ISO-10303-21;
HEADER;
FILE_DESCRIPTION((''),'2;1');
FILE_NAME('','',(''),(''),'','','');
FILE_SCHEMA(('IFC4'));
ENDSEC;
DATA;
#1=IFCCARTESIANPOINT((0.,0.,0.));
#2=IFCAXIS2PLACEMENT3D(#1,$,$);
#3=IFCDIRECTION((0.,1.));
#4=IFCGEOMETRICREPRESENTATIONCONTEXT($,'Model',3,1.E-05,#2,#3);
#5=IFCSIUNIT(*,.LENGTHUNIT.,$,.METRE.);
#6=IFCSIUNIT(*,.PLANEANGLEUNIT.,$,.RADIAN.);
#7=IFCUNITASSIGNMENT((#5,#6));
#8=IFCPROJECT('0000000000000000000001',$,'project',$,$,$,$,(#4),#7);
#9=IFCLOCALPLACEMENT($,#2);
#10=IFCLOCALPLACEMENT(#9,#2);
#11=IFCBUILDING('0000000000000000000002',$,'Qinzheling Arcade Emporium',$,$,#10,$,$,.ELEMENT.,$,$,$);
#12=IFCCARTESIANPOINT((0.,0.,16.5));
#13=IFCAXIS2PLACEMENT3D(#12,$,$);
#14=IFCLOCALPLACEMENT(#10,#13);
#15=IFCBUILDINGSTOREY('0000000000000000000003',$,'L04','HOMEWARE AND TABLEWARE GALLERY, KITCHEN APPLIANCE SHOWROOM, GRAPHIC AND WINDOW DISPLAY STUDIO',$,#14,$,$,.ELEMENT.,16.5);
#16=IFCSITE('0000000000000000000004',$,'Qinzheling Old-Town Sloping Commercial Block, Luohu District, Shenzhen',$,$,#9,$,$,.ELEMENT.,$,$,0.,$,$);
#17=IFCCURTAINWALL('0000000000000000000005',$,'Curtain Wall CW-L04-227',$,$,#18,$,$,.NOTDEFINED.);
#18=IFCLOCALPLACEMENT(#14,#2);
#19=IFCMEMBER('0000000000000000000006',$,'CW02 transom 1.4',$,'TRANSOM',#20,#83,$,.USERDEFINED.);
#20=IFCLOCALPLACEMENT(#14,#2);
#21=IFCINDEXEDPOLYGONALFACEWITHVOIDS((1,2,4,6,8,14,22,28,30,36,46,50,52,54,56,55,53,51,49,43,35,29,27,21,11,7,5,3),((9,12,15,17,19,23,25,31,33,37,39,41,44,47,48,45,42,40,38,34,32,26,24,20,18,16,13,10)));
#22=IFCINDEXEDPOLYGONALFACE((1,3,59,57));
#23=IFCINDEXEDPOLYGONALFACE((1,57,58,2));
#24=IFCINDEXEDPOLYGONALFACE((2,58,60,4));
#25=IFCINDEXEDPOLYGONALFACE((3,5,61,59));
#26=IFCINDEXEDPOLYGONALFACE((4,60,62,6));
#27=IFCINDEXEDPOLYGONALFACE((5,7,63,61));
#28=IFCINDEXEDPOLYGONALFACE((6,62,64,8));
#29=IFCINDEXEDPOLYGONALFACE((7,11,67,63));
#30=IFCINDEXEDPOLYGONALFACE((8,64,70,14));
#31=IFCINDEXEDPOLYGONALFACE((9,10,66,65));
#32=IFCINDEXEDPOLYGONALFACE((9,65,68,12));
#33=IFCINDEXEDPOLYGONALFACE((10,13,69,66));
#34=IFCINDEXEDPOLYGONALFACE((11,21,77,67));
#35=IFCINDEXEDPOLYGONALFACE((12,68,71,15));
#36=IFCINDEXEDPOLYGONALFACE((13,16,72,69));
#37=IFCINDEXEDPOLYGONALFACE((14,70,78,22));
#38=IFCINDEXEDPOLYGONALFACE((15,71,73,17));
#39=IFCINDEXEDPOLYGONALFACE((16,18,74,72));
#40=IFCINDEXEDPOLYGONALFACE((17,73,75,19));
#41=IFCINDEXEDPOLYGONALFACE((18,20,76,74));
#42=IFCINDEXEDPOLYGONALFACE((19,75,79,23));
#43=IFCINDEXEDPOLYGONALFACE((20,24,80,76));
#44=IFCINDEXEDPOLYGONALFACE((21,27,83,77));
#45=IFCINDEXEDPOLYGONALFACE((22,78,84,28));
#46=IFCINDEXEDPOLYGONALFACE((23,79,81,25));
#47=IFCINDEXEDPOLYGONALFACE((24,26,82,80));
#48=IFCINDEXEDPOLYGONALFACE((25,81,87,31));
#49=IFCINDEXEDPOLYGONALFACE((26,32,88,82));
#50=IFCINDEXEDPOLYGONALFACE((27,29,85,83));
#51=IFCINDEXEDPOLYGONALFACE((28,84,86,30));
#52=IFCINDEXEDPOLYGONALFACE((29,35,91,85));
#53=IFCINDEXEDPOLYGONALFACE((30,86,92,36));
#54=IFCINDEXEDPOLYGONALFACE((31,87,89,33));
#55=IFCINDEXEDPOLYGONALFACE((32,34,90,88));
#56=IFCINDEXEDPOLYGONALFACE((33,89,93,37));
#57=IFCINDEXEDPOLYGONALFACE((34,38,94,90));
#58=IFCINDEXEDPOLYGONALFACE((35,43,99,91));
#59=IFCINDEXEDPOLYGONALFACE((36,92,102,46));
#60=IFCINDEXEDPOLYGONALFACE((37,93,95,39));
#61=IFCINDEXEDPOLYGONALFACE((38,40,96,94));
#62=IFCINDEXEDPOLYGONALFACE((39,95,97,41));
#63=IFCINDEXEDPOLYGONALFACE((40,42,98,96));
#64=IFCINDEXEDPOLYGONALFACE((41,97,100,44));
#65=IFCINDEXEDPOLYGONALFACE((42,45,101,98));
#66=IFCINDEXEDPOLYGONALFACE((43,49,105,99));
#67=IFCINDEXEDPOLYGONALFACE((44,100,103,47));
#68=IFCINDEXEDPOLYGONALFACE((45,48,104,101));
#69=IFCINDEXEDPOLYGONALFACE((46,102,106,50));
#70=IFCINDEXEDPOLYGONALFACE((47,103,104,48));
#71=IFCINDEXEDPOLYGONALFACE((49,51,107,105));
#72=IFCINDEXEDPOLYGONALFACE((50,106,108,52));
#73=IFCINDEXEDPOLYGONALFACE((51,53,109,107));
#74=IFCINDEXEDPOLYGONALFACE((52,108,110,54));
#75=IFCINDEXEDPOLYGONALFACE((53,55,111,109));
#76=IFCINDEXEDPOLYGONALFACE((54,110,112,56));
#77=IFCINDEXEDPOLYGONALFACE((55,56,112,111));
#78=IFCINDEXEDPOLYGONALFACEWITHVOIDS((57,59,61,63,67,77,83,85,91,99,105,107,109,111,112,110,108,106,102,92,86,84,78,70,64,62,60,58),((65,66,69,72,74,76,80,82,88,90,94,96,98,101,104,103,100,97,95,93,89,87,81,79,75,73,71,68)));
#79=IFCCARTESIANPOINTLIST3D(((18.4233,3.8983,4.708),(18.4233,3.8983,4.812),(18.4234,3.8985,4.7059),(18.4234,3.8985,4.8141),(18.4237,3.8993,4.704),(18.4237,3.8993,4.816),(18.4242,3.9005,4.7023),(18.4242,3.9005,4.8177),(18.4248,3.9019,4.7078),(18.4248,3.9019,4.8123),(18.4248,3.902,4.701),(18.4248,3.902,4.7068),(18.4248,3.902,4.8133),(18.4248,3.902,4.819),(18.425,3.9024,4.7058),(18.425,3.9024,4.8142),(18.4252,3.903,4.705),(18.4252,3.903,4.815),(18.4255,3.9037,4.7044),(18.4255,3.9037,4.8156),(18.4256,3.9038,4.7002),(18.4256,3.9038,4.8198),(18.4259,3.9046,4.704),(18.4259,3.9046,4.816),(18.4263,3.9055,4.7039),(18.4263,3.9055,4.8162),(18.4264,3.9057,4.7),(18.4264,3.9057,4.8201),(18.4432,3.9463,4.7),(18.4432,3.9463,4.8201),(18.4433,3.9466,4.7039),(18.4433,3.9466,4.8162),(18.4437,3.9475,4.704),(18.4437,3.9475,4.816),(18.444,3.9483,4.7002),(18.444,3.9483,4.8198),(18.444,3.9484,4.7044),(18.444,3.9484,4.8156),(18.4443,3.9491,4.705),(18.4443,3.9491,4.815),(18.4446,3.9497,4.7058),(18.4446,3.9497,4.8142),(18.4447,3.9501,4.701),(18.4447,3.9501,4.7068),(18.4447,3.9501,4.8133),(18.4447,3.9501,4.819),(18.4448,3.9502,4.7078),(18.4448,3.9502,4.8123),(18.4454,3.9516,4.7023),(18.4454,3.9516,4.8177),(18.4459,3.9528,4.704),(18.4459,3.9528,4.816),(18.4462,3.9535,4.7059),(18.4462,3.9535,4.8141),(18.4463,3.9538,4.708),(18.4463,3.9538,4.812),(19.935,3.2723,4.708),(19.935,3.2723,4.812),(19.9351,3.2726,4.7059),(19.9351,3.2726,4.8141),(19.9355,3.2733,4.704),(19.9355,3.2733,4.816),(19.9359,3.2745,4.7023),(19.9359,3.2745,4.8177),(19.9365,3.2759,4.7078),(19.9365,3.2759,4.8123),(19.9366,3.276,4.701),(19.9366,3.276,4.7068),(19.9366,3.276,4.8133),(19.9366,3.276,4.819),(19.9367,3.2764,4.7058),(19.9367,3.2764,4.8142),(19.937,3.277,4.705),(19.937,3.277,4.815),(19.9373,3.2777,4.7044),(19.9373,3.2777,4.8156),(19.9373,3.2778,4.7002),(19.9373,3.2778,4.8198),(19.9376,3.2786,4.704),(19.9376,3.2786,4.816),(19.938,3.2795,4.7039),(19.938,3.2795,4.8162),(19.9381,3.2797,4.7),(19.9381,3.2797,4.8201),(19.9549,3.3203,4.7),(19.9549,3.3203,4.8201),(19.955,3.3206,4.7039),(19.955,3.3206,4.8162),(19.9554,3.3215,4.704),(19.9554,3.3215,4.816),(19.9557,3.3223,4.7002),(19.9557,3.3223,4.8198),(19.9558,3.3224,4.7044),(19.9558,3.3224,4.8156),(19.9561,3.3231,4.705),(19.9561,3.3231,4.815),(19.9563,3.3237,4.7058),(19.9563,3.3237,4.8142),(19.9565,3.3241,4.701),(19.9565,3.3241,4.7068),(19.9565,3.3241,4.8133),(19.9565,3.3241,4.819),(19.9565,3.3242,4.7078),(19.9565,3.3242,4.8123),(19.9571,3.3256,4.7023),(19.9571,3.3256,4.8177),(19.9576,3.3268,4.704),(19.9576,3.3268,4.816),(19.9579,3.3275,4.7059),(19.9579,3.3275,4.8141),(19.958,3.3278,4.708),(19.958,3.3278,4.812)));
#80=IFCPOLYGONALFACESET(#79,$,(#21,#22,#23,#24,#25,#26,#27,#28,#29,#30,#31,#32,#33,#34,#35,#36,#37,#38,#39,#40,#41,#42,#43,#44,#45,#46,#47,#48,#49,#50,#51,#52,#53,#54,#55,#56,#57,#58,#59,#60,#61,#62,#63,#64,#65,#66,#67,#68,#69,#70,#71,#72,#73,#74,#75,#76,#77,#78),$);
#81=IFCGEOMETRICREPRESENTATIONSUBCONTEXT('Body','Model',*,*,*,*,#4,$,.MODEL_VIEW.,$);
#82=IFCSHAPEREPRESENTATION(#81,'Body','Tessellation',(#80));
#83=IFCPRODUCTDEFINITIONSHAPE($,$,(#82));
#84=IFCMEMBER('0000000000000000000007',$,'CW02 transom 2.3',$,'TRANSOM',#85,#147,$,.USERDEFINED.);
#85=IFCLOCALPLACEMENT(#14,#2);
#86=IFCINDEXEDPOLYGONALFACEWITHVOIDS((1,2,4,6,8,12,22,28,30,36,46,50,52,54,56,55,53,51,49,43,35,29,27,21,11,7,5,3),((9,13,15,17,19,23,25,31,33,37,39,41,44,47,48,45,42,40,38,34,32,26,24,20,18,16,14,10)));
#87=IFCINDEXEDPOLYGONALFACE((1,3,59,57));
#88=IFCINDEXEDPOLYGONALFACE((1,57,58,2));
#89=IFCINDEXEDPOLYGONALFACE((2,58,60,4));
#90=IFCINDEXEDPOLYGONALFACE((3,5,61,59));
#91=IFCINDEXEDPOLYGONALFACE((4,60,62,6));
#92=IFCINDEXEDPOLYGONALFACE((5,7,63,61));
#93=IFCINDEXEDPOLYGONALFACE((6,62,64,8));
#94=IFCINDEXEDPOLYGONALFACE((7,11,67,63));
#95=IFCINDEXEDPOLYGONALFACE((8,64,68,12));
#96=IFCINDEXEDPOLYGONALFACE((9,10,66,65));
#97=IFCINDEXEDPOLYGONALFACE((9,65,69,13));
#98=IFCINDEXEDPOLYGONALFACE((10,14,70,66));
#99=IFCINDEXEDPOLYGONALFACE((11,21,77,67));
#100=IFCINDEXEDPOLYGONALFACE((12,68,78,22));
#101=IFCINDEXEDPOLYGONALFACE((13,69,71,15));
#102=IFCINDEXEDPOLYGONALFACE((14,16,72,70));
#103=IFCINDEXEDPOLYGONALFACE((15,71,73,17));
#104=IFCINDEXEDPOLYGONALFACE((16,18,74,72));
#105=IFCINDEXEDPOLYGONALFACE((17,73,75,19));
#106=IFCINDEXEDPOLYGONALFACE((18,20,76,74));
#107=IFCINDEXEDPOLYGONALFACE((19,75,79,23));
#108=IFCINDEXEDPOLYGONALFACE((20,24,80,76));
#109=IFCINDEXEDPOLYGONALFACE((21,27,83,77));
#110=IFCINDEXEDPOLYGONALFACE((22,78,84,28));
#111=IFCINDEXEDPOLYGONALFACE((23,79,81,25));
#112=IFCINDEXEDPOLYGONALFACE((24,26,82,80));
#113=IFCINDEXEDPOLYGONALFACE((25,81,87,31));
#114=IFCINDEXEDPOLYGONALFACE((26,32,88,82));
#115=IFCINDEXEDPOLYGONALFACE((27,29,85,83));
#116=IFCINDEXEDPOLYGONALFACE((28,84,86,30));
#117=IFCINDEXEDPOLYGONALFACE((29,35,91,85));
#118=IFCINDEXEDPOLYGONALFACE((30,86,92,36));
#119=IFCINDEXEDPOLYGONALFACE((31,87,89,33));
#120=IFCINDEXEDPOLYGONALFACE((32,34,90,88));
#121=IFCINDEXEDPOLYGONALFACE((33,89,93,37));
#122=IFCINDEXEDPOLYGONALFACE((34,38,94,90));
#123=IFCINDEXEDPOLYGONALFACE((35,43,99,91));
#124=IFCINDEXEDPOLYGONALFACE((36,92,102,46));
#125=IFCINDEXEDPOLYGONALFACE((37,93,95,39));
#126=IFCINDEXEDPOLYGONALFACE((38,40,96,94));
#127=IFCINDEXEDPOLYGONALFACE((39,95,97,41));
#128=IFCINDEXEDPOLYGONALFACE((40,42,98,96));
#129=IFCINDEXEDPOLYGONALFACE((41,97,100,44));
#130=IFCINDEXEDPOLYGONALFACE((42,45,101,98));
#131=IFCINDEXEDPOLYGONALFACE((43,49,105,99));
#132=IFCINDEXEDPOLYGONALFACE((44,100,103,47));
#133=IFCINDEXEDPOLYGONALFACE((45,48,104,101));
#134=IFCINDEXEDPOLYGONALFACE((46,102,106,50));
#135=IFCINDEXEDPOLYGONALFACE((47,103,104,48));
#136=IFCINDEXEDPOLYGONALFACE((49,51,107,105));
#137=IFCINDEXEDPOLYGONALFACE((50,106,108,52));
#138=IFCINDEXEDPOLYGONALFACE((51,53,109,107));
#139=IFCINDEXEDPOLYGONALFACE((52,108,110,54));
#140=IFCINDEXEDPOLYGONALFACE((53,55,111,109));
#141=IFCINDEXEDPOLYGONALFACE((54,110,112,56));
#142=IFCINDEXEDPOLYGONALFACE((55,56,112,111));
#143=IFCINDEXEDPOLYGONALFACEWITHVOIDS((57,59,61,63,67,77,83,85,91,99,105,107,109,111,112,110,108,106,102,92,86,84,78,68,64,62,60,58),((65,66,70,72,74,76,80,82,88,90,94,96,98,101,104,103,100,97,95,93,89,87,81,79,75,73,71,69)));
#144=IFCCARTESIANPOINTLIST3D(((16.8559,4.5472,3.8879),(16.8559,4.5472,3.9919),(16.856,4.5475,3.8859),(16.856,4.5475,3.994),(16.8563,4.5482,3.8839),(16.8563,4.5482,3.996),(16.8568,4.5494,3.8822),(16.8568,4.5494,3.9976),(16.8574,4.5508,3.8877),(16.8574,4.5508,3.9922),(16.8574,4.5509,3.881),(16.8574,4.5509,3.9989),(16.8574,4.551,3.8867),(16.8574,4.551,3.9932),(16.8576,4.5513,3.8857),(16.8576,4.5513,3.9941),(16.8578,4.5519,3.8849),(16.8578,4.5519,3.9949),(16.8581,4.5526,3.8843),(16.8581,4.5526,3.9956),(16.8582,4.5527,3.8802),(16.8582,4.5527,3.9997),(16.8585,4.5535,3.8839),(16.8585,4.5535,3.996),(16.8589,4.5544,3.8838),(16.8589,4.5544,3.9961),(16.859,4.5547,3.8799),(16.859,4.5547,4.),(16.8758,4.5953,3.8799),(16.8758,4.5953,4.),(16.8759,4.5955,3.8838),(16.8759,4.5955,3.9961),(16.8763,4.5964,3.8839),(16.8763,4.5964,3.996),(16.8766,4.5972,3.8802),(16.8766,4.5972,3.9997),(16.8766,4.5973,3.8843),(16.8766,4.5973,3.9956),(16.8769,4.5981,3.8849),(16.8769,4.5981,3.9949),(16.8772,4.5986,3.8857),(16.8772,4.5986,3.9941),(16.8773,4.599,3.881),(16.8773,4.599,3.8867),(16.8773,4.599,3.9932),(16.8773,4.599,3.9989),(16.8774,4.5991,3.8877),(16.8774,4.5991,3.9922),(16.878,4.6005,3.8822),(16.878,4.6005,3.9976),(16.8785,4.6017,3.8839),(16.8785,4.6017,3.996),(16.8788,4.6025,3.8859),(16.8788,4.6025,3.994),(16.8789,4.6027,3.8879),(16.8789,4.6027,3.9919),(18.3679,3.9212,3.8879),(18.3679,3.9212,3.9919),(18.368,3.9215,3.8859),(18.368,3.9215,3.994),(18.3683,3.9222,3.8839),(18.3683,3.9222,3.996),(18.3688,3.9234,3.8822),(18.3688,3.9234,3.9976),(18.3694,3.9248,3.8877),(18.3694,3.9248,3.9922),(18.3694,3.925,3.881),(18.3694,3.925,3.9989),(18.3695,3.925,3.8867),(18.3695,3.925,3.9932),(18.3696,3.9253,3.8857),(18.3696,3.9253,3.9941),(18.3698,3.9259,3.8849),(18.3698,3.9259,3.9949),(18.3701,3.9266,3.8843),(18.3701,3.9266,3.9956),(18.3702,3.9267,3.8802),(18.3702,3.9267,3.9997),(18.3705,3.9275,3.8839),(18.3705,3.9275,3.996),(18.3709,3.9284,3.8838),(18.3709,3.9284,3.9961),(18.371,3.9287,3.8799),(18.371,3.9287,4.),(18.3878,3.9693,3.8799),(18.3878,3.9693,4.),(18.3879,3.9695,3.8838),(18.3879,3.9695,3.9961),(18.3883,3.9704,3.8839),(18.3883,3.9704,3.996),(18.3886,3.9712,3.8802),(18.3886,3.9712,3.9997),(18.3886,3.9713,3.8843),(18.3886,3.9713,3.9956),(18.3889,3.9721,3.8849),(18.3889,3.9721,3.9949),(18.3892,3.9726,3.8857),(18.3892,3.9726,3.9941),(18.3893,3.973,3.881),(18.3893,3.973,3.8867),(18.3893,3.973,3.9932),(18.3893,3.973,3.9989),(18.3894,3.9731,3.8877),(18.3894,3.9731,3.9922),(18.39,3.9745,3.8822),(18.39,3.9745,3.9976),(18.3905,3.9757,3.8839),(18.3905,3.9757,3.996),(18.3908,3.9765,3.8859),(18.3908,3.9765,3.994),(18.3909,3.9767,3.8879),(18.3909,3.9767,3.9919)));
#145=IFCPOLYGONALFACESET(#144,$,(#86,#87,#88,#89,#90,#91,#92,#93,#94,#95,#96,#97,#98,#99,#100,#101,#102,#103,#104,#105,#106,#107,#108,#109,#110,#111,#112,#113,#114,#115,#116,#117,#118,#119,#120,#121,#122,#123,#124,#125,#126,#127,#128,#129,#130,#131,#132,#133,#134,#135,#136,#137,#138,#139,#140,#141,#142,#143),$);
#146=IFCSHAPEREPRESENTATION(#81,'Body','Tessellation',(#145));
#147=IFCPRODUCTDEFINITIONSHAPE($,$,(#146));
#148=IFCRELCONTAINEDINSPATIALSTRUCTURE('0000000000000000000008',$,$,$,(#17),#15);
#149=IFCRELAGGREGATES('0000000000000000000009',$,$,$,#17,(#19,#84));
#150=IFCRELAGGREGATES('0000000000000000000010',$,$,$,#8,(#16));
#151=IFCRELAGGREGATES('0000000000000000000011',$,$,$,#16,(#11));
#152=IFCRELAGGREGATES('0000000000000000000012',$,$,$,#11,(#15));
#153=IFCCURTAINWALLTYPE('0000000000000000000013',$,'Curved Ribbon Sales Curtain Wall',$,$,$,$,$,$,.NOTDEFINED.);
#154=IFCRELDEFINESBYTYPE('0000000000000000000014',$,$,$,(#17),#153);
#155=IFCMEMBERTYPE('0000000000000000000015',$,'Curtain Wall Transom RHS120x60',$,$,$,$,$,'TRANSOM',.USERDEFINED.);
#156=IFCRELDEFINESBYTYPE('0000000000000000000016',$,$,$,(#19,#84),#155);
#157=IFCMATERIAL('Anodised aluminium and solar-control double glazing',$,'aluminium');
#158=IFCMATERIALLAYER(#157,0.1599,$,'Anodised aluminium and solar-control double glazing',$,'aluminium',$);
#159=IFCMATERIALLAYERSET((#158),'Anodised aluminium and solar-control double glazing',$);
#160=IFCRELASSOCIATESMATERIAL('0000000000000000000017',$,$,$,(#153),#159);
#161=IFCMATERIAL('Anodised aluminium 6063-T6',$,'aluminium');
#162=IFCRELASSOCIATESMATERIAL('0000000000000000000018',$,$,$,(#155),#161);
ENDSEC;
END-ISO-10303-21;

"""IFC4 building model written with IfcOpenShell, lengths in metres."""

from ifc_helpers import new_model, si_unit, direction, frame, origin, origin_2d, place, context, subcontext, project, spatial, hollow_rectangle, extrude, material, layer, layer_set, material_profile, profile_set, type_object, element, aggregate, save


model = new_model("IFC4")

# Units and contexts
model_context = context("Model", 3, precision=1e-05, world=origin(), true_north=direction((0.0, 1.0)))
body_context = subcontext(model_context, "Body", "Model", "MODEL_VIEW")
ifc_project = project(units=[si_unit("LENGTHUNIT", "METRE"), si_unit("PLANEANGLEUNIT", "RADIAN")], contexts=[model_context])

# Site, building, storey
site_placement = place(None, origin())
site = spatial("IfcSite", under=ifc_project, at=site_placement, Name="Qinzheling Old-Town Sloping Commercial Block, Luohu District, Shenzhen", CompositionType="ELEMENT", RefElevation=0.0)
building_placement = place(site_placement, origin())
building = spatial("IfcBuilding", under=site, at=building_placement, Name="Qinzheling Arcade Emporium", CompositionType="ELEMENT")
storey_placement = place(building_placement, frame((0.0, 0.0, 16.5)))
storey = spatial("IfcBuildingStorey", under=building, at=storey_placement, Name="L04", Description="HOMEWARE AND TABLEWARE GALLERY, KITCHEN APPLIANCE SHOWROOM, GRAPHIC AND WINDOW DISPLAY STUDIO", CompositionType="ELEMENT", Elevation=16.5)

# Curtain wall
ifc_material_1 = material(Name="Anodised aluminium and solar-control double glazing", Category="aluminium")
ifc_layer_1 = layer(ifc_material_1, 0.1599, Name="Anodised aluminium and solar-control double glazing", Category="aluminium")
ifc_layer_set_1 = layer_set([ifc_layer_1], Name="Anodised aluminium and solar-control double glazing")
curtain_wall_type = type_object("IfcCurtainWallType", Name="Curved Ribbon Sales Curtain Wall", PredefinedType="NOTDEFINED", material=ifc_layer_set_1)
ifc_material_2 = material(Name="Anodised aluminium 6063-T6", Category="aluminium")
curtain_wall_1_placement = place(storey_placement, origin())
curtain_wall_1 = element("IfcCurtainWall", 1, at=curtain_wall_1_placement, inside=storey, type_object=curtain_wall_type, Name="Curtain Wall CW-L04-227", PredefinedType="NOTDEFINED")

# Members
ifc_material_profile_1 = material_profile(ifc_material_2, hollow_rectangle(XDim=0.0601, YDim=0.1201, WallThickness=0.0039, InnerFilletRadius=0.0039, OuterFilletRadius=0.0081, at=origin_2d()), Name="RHS 120x60x4", Category="aluminium")
ifc_profile_set_1 = profile_set([ifc_material_profile_1], Name="Anodised aluminium 6063-T6")
member_type_1 = type_object("IfcMemberType", Name="Curtain Wall Transom RHS120x60", ElementType="TRANSOM", PredefinedType="USERDEFINED", material=ifc_profile_set_1)
member_1_placement = place(storey_placement, frame((19.9465, 3.3, 4.76), z_axis=(-0.923922, 0.38258, 0.0), x_axis=(-0.38258, -0.923922, 0.0)))
member_1 = element("IfcMember", 2, at=member_1_placement, type_object=member_type_1, Name="CW02 transom 1.4", ObjectType="TRANSOM", PredefinedType="USERDEFINED", context=body_context, shape_type="SweptSolid", body=[
    extrude(hollow_rectangle(XDim=0.0601, YDim=0.1201, WallThickness=0.0039, InnerFilletRadius=0.0039, OuterFilletRadius=0.0081, at=origin_2d()), origin(), (0.0, 0.0, 1.0), 1.6362),
])
member_2_placement = place(storey_placement, frame((18.3794, 3.949, 3.9399), z_axis=(-0.923944, 0.382527, 0.0), x_axis=(-0.382527, -0.923944, 0.0)))
member_2 = element("IfcMember", 3, at=member_2_placement, type_object=member_type_1, Name="CW02 transom 2.3", ObjectType="TRANSOM", PredefinedType="USERDEFINED", context=body_context, shape_type="SweptSolid", body=[
    extrude(hollow_rectangle(XDim=0.0601, YDim=0.1201, WallThickness=0.0039, InnerFilletRadius=0.0039, OuterFilletRadius=0.0081, at=origin_2d()), origin(), (0.0, 0.0, 1.0), 1.6365),
])

aggregate(curtain_wall_1, [member_1, member_2])

save(model, "model.ifc")
